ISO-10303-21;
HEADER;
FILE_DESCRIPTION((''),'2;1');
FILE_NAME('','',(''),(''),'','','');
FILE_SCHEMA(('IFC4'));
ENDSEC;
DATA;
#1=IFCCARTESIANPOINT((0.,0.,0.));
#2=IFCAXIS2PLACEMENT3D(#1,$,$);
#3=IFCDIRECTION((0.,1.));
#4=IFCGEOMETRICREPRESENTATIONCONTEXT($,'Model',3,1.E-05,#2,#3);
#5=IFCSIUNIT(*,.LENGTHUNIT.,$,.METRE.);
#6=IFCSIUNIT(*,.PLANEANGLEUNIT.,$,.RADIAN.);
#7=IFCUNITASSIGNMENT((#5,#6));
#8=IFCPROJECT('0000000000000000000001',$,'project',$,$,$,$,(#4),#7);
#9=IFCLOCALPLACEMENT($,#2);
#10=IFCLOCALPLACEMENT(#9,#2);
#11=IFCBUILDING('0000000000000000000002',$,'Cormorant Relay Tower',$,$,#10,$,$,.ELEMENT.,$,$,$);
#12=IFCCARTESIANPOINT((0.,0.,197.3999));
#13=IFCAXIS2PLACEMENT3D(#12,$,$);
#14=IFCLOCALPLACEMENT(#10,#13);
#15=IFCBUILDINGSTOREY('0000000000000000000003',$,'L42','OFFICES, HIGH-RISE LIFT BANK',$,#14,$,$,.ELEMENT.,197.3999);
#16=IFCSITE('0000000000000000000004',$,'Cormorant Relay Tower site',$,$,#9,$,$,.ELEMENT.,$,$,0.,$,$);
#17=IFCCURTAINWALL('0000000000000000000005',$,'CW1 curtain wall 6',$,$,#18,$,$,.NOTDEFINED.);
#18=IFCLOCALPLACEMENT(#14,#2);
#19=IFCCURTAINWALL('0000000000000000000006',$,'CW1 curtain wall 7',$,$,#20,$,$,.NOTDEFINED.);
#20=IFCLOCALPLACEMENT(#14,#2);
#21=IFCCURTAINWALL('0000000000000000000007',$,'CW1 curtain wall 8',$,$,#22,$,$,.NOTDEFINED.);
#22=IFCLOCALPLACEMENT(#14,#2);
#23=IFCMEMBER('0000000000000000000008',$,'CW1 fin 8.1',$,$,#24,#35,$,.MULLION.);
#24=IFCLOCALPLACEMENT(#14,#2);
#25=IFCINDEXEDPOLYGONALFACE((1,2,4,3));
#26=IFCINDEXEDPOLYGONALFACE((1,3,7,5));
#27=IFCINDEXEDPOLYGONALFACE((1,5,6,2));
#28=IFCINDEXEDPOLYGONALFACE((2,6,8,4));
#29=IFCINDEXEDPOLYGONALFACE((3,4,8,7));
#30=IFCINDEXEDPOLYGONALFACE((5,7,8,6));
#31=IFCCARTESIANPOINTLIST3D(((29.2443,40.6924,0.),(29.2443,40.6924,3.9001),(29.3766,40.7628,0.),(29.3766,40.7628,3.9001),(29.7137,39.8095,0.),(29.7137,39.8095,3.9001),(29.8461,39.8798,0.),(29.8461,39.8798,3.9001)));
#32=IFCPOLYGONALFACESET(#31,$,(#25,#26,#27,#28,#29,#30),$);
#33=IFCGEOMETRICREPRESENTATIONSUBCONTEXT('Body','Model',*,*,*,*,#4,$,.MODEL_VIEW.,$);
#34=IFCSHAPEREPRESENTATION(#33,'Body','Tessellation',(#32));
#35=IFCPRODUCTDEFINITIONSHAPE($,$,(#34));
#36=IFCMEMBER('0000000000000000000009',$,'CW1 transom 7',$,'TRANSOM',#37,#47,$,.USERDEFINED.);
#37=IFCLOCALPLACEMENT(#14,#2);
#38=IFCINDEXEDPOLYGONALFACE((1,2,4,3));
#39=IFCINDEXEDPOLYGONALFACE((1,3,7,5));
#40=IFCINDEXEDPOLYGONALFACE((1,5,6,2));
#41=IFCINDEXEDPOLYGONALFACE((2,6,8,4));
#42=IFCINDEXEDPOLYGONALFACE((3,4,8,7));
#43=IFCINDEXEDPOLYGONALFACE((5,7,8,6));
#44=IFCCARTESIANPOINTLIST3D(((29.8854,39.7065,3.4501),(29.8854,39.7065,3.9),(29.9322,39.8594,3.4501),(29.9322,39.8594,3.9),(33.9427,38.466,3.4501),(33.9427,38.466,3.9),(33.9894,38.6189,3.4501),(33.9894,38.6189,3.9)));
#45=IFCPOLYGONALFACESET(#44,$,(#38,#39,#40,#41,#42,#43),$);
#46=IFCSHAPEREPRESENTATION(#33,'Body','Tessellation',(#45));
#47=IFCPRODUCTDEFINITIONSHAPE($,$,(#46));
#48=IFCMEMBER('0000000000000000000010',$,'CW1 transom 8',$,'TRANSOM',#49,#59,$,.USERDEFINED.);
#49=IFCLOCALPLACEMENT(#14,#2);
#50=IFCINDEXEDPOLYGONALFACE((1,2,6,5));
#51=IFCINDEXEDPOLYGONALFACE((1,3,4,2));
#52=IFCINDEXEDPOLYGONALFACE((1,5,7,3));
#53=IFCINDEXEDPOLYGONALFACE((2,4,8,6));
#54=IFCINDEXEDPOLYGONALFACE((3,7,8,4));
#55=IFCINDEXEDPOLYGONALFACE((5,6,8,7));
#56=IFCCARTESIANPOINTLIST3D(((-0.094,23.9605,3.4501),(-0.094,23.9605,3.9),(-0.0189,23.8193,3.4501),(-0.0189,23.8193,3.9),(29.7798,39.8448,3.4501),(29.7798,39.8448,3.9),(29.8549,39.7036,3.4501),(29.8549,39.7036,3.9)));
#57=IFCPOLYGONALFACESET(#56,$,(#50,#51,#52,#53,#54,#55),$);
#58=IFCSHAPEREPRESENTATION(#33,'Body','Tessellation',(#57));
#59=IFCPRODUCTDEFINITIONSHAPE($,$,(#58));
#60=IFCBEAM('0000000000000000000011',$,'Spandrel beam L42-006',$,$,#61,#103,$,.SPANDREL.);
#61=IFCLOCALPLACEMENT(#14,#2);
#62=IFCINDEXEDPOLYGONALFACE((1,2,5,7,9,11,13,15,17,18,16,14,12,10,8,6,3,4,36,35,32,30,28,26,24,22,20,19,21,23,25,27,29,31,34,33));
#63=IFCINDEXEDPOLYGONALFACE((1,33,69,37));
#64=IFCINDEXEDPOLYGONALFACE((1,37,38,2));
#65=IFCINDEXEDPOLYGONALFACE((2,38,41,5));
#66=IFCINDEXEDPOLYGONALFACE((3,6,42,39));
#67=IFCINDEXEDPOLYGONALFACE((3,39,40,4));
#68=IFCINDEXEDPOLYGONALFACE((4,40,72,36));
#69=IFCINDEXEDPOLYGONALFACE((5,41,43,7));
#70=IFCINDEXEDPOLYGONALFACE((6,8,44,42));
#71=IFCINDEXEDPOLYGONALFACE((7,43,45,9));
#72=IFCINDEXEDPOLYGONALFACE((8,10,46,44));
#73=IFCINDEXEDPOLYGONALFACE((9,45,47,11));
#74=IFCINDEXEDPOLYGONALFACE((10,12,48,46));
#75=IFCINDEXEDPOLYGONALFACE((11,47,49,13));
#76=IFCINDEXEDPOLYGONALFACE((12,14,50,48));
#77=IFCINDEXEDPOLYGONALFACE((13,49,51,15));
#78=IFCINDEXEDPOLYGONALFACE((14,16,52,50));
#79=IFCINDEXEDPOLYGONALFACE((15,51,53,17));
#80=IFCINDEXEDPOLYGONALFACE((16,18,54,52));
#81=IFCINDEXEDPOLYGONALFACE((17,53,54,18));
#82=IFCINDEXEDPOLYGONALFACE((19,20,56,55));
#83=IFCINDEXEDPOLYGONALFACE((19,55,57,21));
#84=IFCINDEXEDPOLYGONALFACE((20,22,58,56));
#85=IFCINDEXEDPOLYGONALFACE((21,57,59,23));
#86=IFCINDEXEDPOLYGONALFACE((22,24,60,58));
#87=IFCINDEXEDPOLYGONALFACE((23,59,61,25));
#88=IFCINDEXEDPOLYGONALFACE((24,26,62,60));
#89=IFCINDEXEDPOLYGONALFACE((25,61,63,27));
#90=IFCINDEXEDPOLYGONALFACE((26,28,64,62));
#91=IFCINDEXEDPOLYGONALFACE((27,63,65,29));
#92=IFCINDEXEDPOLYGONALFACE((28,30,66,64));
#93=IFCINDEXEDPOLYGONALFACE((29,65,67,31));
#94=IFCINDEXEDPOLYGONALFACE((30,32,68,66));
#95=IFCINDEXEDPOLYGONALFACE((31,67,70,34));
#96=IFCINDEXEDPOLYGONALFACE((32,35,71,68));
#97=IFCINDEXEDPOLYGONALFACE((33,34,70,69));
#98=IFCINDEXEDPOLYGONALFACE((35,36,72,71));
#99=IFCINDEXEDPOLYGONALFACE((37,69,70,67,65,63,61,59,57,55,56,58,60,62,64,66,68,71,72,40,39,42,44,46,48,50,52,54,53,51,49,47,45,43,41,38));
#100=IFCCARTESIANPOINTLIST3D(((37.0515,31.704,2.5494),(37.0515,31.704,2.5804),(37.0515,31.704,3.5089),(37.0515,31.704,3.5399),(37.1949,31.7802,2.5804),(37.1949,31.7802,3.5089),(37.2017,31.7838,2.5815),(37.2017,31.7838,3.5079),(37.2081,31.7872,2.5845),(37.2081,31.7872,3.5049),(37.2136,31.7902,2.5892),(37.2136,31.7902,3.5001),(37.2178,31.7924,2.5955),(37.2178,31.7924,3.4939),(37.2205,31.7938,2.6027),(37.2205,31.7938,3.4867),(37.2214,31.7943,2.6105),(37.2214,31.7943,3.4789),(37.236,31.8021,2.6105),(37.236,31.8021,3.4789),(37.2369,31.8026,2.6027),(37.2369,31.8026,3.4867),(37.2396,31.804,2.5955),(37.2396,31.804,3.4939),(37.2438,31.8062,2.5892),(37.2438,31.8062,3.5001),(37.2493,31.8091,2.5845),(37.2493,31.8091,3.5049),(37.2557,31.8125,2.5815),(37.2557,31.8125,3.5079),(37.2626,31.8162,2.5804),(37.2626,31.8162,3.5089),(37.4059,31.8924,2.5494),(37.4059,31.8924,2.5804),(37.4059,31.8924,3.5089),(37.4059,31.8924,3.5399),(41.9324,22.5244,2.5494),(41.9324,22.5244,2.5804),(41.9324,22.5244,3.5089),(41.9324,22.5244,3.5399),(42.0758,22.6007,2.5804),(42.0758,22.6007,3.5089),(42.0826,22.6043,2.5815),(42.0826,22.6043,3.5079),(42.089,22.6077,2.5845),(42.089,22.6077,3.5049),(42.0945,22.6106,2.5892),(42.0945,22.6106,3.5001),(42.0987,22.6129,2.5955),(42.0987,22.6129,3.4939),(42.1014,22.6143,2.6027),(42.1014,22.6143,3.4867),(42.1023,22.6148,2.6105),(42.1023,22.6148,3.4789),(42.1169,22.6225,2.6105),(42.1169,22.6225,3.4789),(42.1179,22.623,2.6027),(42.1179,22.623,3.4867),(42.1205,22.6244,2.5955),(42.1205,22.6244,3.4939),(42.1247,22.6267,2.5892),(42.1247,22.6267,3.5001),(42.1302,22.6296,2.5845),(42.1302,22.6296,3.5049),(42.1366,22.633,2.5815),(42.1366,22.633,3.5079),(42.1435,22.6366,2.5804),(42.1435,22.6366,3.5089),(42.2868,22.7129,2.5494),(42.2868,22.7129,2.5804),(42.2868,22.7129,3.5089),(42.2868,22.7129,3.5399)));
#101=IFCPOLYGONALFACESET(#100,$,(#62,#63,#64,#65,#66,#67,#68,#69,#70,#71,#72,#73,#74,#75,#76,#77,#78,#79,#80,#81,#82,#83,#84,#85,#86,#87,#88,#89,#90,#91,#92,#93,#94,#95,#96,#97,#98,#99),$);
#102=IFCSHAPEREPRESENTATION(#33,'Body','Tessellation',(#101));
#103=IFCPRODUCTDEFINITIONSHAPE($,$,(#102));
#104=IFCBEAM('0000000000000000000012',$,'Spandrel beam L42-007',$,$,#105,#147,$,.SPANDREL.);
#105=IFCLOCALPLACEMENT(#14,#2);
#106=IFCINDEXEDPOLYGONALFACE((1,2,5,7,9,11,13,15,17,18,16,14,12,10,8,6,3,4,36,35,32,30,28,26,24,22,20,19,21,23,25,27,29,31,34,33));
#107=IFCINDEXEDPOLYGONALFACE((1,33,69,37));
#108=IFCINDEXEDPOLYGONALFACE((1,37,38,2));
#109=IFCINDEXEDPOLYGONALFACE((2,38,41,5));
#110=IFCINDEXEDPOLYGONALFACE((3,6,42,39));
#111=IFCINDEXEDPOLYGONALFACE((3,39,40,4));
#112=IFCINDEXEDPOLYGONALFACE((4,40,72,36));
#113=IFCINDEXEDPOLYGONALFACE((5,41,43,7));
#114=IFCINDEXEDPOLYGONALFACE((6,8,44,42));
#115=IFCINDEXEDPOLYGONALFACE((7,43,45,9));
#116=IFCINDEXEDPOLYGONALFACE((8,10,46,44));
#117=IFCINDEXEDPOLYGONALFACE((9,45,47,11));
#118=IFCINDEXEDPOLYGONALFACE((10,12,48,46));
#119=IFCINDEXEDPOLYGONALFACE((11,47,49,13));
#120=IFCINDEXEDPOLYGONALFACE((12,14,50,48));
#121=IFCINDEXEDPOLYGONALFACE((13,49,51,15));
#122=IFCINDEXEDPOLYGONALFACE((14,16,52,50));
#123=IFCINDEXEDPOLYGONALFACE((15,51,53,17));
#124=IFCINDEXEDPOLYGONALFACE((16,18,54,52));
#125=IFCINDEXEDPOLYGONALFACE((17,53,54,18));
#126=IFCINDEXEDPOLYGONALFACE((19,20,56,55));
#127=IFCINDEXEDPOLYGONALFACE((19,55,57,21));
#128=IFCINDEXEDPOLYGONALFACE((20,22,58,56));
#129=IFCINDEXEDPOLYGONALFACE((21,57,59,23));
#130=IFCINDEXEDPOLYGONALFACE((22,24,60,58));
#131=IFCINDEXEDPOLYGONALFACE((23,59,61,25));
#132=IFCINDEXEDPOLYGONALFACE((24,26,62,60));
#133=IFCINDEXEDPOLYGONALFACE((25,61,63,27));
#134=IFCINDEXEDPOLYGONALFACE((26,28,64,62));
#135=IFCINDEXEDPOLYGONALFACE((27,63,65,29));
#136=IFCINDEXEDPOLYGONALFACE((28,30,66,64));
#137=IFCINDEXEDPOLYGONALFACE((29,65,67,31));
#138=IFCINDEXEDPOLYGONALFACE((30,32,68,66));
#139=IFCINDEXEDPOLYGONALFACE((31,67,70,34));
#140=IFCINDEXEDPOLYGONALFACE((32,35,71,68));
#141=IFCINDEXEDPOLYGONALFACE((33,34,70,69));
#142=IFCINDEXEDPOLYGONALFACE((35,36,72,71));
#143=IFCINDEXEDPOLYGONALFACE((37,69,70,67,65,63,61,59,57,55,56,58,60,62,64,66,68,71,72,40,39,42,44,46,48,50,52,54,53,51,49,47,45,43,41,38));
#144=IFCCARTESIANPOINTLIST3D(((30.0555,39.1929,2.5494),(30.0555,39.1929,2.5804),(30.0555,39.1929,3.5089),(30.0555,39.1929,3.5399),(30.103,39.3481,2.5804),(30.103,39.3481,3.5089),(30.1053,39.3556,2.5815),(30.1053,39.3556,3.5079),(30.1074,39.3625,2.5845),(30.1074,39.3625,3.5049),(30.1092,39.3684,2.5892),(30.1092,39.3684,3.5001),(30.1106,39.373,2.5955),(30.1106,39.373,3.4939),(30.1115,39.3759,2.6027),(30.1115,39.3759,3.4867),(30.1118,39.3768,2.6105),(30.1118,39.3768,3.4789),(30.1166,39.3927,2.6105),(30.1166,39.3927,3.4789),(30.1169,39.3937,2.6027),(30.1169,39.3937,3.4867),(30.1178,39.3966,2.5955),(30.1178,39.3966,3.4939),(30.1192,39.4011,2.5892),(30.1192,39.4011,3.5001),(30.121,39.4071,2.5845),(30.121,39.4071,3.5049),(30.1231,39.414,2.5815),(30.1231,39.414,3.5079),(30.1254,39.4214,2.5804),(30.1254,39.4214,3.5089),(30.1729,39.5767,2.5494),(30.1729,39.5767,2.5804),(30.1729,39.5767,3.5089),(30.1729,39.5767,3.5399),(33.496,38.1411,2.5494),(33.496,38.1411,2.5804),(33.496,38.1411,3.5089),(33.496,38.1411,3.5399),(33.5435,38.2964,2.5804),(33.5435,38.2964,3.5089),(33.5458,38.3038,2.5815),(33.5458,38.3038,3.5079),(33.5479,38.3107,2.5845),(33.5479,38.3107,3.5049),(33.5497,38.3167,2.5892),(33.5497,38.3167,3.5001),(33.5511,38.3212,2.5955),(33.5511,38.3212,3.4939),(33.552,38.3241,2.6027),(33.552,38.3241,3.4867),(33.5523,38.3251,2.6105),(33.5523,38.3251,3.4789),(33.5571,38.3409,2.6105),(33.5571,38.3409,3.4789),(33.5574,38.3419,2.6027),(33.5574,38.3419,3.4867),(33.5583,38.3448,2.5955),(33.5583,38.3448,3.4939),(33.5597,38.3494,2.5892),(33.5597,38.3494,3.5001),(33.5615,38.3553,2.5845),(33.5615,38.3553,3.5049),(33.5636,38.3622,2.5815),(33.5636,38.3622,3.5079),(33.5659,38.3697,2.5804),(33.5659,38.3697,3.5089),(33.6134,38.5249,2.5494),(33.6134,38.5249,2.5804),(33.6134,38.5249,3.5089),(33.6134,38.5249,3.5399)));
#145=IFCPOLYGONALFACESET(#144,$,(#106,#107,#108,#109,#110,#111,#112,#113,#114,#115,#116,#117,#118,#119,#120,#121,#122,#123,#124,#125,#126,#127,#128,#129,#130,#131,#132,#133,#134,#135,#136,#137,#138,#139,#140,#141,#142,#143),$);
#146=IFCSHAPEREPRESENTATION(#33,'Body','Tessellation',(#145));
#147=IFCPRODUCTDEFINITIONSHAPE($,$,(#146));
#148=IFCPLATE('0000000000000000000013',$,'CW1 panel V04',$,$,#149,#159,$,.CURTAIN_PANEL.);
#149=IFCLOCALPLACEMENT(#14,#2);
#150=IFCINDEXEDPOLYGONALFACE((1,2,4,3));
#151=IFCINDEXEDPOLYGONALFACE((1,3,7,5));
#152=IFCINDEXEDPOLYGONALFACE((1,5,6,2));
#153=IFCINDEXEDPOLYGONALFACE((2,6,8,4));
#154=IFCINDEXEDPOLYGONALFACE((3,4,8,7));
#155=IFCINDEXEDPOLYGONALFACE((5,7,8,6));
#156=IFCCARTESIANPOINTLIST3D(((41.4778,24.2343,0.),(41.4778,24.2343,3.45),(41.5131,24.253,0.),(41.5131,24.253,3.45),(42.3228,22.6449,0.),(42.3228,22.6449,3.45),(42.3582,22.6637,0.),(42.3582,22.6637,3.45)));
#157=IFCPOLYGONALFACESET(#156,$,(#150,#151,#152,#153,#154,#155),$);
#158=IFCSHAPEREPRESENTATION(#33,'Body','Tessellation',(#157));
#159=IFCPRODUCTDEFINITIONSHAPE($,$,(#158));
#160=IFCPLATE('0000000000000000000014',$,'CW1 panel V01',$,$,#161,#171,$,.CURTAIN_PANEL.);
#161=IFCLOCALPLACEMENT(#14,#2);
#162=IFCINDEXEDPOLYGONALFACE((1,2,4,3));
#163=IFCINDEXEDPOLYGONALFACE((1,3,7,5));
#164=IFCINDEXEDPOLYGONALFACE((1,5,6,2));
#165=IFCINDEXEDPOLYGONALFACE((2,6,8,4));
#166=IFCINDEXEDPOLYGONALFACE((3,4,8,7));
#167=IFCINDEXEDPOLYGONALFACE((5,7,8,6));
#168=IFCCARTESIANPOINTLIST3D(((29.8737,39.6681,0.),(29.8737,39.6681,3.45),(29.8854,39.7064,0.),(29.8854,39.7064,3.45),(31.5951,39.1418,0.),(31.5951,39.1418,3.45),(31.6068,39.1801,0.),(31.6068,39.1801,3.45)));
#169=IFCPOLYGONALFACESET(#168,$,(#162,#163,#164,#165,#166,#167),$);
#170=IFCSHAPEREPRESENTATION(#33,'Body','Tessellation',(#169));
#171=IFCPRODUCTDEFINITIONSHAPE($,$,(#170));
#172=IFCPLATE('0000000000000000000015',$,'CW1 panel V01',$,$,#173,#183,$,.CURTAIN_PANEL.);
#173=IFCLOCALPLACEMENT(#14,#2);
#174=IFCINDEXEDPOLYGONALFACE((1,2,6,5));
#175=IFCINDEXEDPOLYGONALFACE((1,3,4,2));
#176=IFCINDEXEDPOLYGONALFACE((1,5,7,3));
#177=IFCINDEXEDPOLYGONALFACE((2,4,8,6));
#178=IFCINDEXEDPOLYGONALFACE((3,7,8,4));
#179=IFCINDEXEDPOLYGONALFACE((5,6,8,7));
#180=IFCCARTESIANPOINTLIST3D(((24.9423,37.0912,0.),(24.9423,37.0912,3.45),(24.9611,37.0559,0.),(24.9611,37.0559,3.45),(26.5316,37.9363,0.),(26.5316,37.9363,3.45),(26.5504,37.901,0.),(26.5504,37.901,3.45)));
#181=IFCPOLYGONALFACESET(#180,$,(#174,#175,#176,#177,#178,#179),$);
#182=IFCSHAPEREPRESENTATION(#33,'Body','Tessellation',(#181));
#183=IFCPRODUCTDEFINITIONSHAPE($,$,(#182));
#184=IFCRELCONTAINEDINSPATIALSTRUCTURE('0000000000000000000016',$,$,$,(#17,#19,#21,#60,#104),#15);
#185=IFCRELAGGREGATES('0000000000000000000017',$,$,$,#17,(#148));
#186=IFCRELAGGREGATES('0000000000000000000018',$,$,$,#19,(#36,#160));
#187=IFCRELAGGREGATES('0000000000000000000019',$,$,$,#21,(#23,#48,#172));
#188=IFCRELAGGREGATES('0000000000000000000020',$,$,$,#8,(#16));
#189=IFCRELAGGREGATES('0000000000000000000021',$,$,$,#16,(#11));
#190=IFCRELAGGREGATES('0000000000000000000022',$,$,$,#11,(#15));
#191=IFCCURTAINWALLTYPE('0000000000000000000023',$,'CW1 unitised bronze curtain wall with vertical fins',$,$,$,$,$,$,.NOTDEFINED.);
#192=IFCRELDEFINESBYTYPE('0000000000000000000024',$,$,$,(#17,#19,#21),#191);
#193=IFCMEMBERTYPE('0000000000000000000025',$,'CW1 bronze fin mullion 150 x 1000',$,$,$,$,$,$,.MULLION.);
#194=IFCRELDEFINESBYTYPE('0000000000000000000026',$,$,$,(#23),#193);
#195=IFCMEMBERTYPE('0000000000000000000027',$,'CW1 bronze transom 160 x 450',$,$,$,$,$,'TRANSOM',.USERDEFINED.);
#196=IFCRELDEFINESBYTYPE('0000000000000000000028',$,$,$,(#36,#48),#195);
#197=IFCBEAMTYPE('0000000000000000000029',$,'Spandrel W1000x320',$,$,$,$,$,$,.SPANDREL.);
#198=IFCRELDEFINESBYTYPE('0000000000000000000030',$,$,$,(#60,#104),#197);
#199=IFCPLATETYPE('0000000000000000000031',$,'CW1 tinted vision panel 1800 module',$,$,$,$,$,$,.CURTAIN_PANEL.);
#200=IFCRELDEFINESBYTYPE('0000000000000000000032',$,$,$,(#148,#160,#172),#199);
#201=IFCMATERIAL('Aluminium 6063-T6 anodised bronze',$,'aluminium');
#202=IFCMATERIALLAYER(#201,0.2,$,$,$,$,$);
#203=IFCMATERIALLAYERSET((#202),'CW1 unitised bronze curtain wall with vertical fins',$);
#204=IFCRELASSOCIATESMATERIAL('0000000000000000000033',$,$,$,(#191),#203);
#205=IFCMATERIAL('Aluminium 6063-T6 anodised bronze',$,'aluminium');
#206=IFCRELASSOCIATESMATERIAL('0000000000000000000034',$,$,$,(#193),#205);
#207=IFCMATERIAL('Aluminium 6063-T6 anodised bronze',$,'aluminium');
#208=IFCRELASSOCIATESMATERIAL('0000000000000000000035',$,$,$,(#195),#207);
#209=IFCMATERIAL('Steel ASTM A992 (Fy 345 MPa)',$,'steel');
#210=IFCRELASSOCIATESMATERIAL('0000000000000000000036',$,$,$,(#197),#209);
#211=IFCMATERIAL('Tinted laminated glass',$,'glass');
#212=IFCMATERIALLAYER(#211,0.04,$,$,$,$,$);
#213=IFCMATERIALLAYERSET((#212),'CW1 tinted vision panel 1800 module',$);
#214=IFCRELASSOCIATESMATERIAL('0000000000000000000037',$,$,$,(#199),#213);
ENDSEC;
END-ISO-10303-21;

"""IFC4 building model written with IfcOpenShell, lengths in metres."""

from ifc_helpers import new_model, si_unit, direction, frame, origin, origin_2d, place, context, subcontext, project, spatial, rectangle, i_section, extrude, material, layer, layer_set, material_profile, profile_set, type_object, element, aggregate, save


model = new_model("IFC4")

# Units and contexts
model_context = context("Model", 3, precision=1e-05, world=origin(), true_north=direction((0.0, 1.0)))
body_context = subcontext(model_context, "Body", "Model", "MODEL_VIEW")
ifc_project = project(units=[si_unit("LENGTHUNIT", "METRE"), si_unit("PLANEANGLEUNIT", "RADIAN")], contexts=[model_context])

# Site, building, storey
site_placement = place(None, origin())
site = spatial("IfcSite", under=ifc_project, at=site_placement, Name="Cormorant Relay Tower site", CompositionType="ELEMENT", RefElevation=0.0)
building_placement = place(site_placement, origin())
building = spatial("IfcBuilding", under=site, at=building_placement, Name="Cormorant Relay Tower", CompositionType="ELEMENT")
storey_placement = place(building_placement, frame((0.0, 0.0, 197.3999)))
storey = spatial("IfcBuildingStorey", under=building, at=storey_placement, Name="L42", Description="OFFICES, HIGH-RISE LIFT BANK", CompositionType="ELEMENT", Elevation=197.3999)

# Curtain wall
ifc_material_1 = material(Name="Aluminium 6063-T6 anodised bronze", Category="aluminium")
ifc_layer_1 = layer(ifc_material_1, 0.2)
ifc_layer_set_1 = layer_set([ifc_layer_1], Name="CW1 unitised bronze curtain wall with vertical fins")
curtain_wall_type = type_object("IfcCurtainWallType", Name="CW1 unitised bronze curtain wall with vertical fins", PredefinedType="NOTDEFINED", material=ifc_layer_set_1)
curtain_wall_1_placement = place(storey_placement, origin())
curtain_wall_1 = element("IfcCurtainWall", 1, at=curtain_wall_1_placement, inside=storey, type_object=curtain_wall_type, Name="CW1 curtain wall 6", PredefinedType="NOTDEFINED")
ifc_material_2 = material(Name="Aluminium 6063-T6 anodised bronze", Category="aluminium")
ifc_material_profile_1 = material_profile(ifc_material_2, rectangle(XDim=0.1499, YDim=1.0, at=origin_2d()), Name="AL 150x1000")
ifc_profile_set_1 = profile_set([ifc_material_profile_1], Name="Aluminium 6063-T6 anodised bronze")
member_type_1 = type_object("IfcMemberType", Name="CW1 bronze fin mullion 150 x 1000", PredefinedType="MULLION", material=ifc_profile_set_1)

# Curtain walls, member
curtain_wall_2_placement = place(storey_placement, origin())
curtain_wall_2 = element("IfcCurtainWall", 2, at=curtain_wall_2_placement, inside=storey, type_object=curtain_wall_type, Name="CW1 curtain wall 7", PredefinedType="NOTDEFINED")
curtain_wall_3_placement = place(storey_placement, origin())
curtain_wall_3 = element("IfcCurtainWall", 3, at=curtain_wall_3_placement, inside=storey, type_object=curtain_wall_type, Name="CW1 curtain wall 8", PredefinedType="NOTDEFINED")
member_1_placement = place(storey_placement, frame((29.5452, 40.2861, 0.0), z_axis=(0.0, 0.0, 1.0), x_axis=(-0.882948, -0.469472, 0.0)))
member_1 = element("IfcMember", 4, at=member_1_placement, type_object=member_type_1, Name="CW1 fin 8.1", PredefinedType="MULLION", context=body_context, shape_type="SweptSolid", body=[
    extrude(rectangle(XDim=0.1499, YDim=1.0, at=origin_2d()), origin(), (0.0, 0.0, 1.0), 3.9001),
])

# Members
ifc_material_3 = material(Name="Aluminium 6063-T6 anodised bronze", Category="aluminium")
ifc_material_profile_2 = material_profile(ifc_material_3, rectangle(XDim=0.1599, YDim=0.45, at=origin_2d()), Name="AL 160x450")
ifc_profile_set_2 = profile_set([ifc_material_profile_2], Name="Aluminium 6063-T6 anodised bronze")
member_type_2 = type_object("IfcMemberType", Name="CW1 bronze transom 160 x 450", ElementType="TRANSOM", PredefinedType="USERDEFINED", material=ifc_profile_set_2)
member_2_placement = place(storey_placement, frame((33.9661, 38.5425, 3.675), z_axis=(-0.956304, 0.292375, 0.0), x_axis=(-0.292375, -0.956304, 0.0)))
member_2 = element("IfcMember", 5, at=member_2_placement, type_object=member_type_2, Name="CW1 transom 7", ObjectType="TRANSOM", PredefinedType="USERDEFINED", context=body_context, shape_type="SweptSolid", body=[
    extrude(rectangle(XDim=0.1599, YDim=0.45, at=origin_2d()), origin(), (0.0, 0.0, 1.0), 4.2427),
])
member_3_placement = place(storey_placement, frame((29.8174, 39.7742, 3.675), z_axis=(-0.882946, -0.469474, 0.0), x_axis=(0.469474, -0.882946, 0.0)))
member_3 = element("IfcMember", 6, at=member_3_placement, type_object=member_type_2, Name="CW1 transom 8", ObjectType="TRANSOM", PredefinedType="USERDEFINED", context=body_context, shape_type="SweptSolid", body=[
    extrude(rectangle(XDim=0.1599, YDim=0.45, at=origin_2d()), origin(), (0.0, 0.0, 1.0), 33.8342),
])

# Beams
ifc_material_4 = material(Name="Steel ASTM A992 (Fy 345 MPa)", Category="steel")
ifc_material_profile_3 = material_profile(ifc_material_4, i_section(OverallWidth=0.4014, OverallDepth=0.9905, WebThickness=0.0166, FlangeThickness=0.031, FilletRadius=0.03, at=origin_2d()), Name="W1000x320")
ifc_profile_set_3 = profile_set([ifc_material_profile_3], Name="Steel ASTM A992 (Fy 345 MPa)")
beam_type = type_object("IfcBeamType", Name="Spandrel W1000x320", PredefinedType="SPANDREL", material=ifc_profile_set_3)
beam_1_placement = place(storey_placement, frame((42.1096, 22.6187, 3.0447), z_axis=(-0.469476, 0.882945, 0.0), x_axis=(-0.882945, -0.469476, 0.0)))
element("IfcBeam", 7, at=beam_1_placement, inside=storey, type_object=beam_type, Name="Spandrel beam L42-006", PredefinedType="SPANDREL", context=body_context, shape_type="SweptSolid", body=[
    extrude(i_section(OverallWidth=0.4014, OverallDepth=0.9905, WebThickness=0.0166, FlangeThickness=0.031, FilletRadius=0.03, at=origin_2d()), origin(), (0.0, 0.0, 1.0), 10.3965),
])
beam_2_placement = place(storey_placement, frame((33.5547, 38.333, 3.0447), z_axis=(-0.956312, 0.29235, 0.0), x_axis=(-0.29235, -0.956312, 0.0)))
element("IfcBeam", 8, at=beam_2_placement, inside=storey, type_object=beam_type, Name="Spandrel beam L42-007", PredefinedType="SPANDREL", context=body_context, shape_type="SweptSolid", body=[
    extrude(i_section(OverallWidth=0.4014, OverallDepth=0.9905, WebThickness=0.0166, FlangeThickness=0.031, FilletRadius=0.03, at=origin_2d()), origin(), (0.0, 0.0, 1.0), 3.5977),
])

# Plates
ifc_material_5 = material(Name="Tinted laminated glass", Category="glass")
ifc_layer_2 = layer(ifc_material_5, 0.04)
ifc_layer_set_2 = layer_set([ifc_layer_2], Name="CW1 tinted vision panel 1800 module")
plate_type_1 = type_object("IfcPlateType", Name="CW1 tinted vision panel 1800 module", PredefinedType="CURTAIN_PANEL", material=ifc_layer_set_2)
plate_1_placement = place(storey_placement, frame((41.918, 23.449, 0.0), z_axis=(0.0, 0.0, 1.0), x_axis=(-0.469472, 0.882948, 0.0)))
plate_1 = element("IfcPlate", 9, at=plate_1_placement, type_object=plate_type_1, Name="CW1 panel V04", PredefinedType="CURTAIN_PANEL", context=body_context, shape_type="SweptSolid", body=[
    extrude(rectangle(XDim=1.8, YDim=0.04, at=origin_2d()), origin(), (0.0, 0.0, 1.0), 3.45),
])
plate_2_placement = place(storey_placement, frame((30.7402, 39.4241, 0.0), z_axis=(0.0, 0.0, 1.0), x_axis=(-0.956305, 0.292372, 0.0)))
plate_2 = element("IfcPlate", 10, at=plate_2_placement, type_object=plate_type_1, Name="CW1 panel V01", PredefinedType="CURTAIN_PANEL", context=body_context, shape_type="SweptSolid", body=[
    extrude(rectangle(XDim=1.8, YDim=0.04, at=origin_2d()), origin(), (0.0, 0.0, 1.0), 3.45),
])
plate_3_placement = place(storey_placement, frame((25.7463, 37.4961, 0.0), z_axis=(0.0, 0.0, 1.0), x_axis=(-0.882948, -0.469472, 0.0)))
plate_3 = element("IfcPlate", 11, at=plate_3_placement, type_object=plate_type_1, Name="CW1 panel V01", PredefinedType="CURTAIN_PANEL", context=body_context, shape_type="SweptSolid", body=[
    extrude(rectangle(XDim=1.8, YDim=0.04, at=origin_2d()), origin(), (0.0, 0.0, 1.0), 3.45),
])

aggregate(curtain_wall_1, [plate_1])
aggregate(curtain_wall_2, [member_2, plate_2])
aggregate(curtain_wall_3, [member_1, member_3, plate_3])

save(model, "model.ifc")
